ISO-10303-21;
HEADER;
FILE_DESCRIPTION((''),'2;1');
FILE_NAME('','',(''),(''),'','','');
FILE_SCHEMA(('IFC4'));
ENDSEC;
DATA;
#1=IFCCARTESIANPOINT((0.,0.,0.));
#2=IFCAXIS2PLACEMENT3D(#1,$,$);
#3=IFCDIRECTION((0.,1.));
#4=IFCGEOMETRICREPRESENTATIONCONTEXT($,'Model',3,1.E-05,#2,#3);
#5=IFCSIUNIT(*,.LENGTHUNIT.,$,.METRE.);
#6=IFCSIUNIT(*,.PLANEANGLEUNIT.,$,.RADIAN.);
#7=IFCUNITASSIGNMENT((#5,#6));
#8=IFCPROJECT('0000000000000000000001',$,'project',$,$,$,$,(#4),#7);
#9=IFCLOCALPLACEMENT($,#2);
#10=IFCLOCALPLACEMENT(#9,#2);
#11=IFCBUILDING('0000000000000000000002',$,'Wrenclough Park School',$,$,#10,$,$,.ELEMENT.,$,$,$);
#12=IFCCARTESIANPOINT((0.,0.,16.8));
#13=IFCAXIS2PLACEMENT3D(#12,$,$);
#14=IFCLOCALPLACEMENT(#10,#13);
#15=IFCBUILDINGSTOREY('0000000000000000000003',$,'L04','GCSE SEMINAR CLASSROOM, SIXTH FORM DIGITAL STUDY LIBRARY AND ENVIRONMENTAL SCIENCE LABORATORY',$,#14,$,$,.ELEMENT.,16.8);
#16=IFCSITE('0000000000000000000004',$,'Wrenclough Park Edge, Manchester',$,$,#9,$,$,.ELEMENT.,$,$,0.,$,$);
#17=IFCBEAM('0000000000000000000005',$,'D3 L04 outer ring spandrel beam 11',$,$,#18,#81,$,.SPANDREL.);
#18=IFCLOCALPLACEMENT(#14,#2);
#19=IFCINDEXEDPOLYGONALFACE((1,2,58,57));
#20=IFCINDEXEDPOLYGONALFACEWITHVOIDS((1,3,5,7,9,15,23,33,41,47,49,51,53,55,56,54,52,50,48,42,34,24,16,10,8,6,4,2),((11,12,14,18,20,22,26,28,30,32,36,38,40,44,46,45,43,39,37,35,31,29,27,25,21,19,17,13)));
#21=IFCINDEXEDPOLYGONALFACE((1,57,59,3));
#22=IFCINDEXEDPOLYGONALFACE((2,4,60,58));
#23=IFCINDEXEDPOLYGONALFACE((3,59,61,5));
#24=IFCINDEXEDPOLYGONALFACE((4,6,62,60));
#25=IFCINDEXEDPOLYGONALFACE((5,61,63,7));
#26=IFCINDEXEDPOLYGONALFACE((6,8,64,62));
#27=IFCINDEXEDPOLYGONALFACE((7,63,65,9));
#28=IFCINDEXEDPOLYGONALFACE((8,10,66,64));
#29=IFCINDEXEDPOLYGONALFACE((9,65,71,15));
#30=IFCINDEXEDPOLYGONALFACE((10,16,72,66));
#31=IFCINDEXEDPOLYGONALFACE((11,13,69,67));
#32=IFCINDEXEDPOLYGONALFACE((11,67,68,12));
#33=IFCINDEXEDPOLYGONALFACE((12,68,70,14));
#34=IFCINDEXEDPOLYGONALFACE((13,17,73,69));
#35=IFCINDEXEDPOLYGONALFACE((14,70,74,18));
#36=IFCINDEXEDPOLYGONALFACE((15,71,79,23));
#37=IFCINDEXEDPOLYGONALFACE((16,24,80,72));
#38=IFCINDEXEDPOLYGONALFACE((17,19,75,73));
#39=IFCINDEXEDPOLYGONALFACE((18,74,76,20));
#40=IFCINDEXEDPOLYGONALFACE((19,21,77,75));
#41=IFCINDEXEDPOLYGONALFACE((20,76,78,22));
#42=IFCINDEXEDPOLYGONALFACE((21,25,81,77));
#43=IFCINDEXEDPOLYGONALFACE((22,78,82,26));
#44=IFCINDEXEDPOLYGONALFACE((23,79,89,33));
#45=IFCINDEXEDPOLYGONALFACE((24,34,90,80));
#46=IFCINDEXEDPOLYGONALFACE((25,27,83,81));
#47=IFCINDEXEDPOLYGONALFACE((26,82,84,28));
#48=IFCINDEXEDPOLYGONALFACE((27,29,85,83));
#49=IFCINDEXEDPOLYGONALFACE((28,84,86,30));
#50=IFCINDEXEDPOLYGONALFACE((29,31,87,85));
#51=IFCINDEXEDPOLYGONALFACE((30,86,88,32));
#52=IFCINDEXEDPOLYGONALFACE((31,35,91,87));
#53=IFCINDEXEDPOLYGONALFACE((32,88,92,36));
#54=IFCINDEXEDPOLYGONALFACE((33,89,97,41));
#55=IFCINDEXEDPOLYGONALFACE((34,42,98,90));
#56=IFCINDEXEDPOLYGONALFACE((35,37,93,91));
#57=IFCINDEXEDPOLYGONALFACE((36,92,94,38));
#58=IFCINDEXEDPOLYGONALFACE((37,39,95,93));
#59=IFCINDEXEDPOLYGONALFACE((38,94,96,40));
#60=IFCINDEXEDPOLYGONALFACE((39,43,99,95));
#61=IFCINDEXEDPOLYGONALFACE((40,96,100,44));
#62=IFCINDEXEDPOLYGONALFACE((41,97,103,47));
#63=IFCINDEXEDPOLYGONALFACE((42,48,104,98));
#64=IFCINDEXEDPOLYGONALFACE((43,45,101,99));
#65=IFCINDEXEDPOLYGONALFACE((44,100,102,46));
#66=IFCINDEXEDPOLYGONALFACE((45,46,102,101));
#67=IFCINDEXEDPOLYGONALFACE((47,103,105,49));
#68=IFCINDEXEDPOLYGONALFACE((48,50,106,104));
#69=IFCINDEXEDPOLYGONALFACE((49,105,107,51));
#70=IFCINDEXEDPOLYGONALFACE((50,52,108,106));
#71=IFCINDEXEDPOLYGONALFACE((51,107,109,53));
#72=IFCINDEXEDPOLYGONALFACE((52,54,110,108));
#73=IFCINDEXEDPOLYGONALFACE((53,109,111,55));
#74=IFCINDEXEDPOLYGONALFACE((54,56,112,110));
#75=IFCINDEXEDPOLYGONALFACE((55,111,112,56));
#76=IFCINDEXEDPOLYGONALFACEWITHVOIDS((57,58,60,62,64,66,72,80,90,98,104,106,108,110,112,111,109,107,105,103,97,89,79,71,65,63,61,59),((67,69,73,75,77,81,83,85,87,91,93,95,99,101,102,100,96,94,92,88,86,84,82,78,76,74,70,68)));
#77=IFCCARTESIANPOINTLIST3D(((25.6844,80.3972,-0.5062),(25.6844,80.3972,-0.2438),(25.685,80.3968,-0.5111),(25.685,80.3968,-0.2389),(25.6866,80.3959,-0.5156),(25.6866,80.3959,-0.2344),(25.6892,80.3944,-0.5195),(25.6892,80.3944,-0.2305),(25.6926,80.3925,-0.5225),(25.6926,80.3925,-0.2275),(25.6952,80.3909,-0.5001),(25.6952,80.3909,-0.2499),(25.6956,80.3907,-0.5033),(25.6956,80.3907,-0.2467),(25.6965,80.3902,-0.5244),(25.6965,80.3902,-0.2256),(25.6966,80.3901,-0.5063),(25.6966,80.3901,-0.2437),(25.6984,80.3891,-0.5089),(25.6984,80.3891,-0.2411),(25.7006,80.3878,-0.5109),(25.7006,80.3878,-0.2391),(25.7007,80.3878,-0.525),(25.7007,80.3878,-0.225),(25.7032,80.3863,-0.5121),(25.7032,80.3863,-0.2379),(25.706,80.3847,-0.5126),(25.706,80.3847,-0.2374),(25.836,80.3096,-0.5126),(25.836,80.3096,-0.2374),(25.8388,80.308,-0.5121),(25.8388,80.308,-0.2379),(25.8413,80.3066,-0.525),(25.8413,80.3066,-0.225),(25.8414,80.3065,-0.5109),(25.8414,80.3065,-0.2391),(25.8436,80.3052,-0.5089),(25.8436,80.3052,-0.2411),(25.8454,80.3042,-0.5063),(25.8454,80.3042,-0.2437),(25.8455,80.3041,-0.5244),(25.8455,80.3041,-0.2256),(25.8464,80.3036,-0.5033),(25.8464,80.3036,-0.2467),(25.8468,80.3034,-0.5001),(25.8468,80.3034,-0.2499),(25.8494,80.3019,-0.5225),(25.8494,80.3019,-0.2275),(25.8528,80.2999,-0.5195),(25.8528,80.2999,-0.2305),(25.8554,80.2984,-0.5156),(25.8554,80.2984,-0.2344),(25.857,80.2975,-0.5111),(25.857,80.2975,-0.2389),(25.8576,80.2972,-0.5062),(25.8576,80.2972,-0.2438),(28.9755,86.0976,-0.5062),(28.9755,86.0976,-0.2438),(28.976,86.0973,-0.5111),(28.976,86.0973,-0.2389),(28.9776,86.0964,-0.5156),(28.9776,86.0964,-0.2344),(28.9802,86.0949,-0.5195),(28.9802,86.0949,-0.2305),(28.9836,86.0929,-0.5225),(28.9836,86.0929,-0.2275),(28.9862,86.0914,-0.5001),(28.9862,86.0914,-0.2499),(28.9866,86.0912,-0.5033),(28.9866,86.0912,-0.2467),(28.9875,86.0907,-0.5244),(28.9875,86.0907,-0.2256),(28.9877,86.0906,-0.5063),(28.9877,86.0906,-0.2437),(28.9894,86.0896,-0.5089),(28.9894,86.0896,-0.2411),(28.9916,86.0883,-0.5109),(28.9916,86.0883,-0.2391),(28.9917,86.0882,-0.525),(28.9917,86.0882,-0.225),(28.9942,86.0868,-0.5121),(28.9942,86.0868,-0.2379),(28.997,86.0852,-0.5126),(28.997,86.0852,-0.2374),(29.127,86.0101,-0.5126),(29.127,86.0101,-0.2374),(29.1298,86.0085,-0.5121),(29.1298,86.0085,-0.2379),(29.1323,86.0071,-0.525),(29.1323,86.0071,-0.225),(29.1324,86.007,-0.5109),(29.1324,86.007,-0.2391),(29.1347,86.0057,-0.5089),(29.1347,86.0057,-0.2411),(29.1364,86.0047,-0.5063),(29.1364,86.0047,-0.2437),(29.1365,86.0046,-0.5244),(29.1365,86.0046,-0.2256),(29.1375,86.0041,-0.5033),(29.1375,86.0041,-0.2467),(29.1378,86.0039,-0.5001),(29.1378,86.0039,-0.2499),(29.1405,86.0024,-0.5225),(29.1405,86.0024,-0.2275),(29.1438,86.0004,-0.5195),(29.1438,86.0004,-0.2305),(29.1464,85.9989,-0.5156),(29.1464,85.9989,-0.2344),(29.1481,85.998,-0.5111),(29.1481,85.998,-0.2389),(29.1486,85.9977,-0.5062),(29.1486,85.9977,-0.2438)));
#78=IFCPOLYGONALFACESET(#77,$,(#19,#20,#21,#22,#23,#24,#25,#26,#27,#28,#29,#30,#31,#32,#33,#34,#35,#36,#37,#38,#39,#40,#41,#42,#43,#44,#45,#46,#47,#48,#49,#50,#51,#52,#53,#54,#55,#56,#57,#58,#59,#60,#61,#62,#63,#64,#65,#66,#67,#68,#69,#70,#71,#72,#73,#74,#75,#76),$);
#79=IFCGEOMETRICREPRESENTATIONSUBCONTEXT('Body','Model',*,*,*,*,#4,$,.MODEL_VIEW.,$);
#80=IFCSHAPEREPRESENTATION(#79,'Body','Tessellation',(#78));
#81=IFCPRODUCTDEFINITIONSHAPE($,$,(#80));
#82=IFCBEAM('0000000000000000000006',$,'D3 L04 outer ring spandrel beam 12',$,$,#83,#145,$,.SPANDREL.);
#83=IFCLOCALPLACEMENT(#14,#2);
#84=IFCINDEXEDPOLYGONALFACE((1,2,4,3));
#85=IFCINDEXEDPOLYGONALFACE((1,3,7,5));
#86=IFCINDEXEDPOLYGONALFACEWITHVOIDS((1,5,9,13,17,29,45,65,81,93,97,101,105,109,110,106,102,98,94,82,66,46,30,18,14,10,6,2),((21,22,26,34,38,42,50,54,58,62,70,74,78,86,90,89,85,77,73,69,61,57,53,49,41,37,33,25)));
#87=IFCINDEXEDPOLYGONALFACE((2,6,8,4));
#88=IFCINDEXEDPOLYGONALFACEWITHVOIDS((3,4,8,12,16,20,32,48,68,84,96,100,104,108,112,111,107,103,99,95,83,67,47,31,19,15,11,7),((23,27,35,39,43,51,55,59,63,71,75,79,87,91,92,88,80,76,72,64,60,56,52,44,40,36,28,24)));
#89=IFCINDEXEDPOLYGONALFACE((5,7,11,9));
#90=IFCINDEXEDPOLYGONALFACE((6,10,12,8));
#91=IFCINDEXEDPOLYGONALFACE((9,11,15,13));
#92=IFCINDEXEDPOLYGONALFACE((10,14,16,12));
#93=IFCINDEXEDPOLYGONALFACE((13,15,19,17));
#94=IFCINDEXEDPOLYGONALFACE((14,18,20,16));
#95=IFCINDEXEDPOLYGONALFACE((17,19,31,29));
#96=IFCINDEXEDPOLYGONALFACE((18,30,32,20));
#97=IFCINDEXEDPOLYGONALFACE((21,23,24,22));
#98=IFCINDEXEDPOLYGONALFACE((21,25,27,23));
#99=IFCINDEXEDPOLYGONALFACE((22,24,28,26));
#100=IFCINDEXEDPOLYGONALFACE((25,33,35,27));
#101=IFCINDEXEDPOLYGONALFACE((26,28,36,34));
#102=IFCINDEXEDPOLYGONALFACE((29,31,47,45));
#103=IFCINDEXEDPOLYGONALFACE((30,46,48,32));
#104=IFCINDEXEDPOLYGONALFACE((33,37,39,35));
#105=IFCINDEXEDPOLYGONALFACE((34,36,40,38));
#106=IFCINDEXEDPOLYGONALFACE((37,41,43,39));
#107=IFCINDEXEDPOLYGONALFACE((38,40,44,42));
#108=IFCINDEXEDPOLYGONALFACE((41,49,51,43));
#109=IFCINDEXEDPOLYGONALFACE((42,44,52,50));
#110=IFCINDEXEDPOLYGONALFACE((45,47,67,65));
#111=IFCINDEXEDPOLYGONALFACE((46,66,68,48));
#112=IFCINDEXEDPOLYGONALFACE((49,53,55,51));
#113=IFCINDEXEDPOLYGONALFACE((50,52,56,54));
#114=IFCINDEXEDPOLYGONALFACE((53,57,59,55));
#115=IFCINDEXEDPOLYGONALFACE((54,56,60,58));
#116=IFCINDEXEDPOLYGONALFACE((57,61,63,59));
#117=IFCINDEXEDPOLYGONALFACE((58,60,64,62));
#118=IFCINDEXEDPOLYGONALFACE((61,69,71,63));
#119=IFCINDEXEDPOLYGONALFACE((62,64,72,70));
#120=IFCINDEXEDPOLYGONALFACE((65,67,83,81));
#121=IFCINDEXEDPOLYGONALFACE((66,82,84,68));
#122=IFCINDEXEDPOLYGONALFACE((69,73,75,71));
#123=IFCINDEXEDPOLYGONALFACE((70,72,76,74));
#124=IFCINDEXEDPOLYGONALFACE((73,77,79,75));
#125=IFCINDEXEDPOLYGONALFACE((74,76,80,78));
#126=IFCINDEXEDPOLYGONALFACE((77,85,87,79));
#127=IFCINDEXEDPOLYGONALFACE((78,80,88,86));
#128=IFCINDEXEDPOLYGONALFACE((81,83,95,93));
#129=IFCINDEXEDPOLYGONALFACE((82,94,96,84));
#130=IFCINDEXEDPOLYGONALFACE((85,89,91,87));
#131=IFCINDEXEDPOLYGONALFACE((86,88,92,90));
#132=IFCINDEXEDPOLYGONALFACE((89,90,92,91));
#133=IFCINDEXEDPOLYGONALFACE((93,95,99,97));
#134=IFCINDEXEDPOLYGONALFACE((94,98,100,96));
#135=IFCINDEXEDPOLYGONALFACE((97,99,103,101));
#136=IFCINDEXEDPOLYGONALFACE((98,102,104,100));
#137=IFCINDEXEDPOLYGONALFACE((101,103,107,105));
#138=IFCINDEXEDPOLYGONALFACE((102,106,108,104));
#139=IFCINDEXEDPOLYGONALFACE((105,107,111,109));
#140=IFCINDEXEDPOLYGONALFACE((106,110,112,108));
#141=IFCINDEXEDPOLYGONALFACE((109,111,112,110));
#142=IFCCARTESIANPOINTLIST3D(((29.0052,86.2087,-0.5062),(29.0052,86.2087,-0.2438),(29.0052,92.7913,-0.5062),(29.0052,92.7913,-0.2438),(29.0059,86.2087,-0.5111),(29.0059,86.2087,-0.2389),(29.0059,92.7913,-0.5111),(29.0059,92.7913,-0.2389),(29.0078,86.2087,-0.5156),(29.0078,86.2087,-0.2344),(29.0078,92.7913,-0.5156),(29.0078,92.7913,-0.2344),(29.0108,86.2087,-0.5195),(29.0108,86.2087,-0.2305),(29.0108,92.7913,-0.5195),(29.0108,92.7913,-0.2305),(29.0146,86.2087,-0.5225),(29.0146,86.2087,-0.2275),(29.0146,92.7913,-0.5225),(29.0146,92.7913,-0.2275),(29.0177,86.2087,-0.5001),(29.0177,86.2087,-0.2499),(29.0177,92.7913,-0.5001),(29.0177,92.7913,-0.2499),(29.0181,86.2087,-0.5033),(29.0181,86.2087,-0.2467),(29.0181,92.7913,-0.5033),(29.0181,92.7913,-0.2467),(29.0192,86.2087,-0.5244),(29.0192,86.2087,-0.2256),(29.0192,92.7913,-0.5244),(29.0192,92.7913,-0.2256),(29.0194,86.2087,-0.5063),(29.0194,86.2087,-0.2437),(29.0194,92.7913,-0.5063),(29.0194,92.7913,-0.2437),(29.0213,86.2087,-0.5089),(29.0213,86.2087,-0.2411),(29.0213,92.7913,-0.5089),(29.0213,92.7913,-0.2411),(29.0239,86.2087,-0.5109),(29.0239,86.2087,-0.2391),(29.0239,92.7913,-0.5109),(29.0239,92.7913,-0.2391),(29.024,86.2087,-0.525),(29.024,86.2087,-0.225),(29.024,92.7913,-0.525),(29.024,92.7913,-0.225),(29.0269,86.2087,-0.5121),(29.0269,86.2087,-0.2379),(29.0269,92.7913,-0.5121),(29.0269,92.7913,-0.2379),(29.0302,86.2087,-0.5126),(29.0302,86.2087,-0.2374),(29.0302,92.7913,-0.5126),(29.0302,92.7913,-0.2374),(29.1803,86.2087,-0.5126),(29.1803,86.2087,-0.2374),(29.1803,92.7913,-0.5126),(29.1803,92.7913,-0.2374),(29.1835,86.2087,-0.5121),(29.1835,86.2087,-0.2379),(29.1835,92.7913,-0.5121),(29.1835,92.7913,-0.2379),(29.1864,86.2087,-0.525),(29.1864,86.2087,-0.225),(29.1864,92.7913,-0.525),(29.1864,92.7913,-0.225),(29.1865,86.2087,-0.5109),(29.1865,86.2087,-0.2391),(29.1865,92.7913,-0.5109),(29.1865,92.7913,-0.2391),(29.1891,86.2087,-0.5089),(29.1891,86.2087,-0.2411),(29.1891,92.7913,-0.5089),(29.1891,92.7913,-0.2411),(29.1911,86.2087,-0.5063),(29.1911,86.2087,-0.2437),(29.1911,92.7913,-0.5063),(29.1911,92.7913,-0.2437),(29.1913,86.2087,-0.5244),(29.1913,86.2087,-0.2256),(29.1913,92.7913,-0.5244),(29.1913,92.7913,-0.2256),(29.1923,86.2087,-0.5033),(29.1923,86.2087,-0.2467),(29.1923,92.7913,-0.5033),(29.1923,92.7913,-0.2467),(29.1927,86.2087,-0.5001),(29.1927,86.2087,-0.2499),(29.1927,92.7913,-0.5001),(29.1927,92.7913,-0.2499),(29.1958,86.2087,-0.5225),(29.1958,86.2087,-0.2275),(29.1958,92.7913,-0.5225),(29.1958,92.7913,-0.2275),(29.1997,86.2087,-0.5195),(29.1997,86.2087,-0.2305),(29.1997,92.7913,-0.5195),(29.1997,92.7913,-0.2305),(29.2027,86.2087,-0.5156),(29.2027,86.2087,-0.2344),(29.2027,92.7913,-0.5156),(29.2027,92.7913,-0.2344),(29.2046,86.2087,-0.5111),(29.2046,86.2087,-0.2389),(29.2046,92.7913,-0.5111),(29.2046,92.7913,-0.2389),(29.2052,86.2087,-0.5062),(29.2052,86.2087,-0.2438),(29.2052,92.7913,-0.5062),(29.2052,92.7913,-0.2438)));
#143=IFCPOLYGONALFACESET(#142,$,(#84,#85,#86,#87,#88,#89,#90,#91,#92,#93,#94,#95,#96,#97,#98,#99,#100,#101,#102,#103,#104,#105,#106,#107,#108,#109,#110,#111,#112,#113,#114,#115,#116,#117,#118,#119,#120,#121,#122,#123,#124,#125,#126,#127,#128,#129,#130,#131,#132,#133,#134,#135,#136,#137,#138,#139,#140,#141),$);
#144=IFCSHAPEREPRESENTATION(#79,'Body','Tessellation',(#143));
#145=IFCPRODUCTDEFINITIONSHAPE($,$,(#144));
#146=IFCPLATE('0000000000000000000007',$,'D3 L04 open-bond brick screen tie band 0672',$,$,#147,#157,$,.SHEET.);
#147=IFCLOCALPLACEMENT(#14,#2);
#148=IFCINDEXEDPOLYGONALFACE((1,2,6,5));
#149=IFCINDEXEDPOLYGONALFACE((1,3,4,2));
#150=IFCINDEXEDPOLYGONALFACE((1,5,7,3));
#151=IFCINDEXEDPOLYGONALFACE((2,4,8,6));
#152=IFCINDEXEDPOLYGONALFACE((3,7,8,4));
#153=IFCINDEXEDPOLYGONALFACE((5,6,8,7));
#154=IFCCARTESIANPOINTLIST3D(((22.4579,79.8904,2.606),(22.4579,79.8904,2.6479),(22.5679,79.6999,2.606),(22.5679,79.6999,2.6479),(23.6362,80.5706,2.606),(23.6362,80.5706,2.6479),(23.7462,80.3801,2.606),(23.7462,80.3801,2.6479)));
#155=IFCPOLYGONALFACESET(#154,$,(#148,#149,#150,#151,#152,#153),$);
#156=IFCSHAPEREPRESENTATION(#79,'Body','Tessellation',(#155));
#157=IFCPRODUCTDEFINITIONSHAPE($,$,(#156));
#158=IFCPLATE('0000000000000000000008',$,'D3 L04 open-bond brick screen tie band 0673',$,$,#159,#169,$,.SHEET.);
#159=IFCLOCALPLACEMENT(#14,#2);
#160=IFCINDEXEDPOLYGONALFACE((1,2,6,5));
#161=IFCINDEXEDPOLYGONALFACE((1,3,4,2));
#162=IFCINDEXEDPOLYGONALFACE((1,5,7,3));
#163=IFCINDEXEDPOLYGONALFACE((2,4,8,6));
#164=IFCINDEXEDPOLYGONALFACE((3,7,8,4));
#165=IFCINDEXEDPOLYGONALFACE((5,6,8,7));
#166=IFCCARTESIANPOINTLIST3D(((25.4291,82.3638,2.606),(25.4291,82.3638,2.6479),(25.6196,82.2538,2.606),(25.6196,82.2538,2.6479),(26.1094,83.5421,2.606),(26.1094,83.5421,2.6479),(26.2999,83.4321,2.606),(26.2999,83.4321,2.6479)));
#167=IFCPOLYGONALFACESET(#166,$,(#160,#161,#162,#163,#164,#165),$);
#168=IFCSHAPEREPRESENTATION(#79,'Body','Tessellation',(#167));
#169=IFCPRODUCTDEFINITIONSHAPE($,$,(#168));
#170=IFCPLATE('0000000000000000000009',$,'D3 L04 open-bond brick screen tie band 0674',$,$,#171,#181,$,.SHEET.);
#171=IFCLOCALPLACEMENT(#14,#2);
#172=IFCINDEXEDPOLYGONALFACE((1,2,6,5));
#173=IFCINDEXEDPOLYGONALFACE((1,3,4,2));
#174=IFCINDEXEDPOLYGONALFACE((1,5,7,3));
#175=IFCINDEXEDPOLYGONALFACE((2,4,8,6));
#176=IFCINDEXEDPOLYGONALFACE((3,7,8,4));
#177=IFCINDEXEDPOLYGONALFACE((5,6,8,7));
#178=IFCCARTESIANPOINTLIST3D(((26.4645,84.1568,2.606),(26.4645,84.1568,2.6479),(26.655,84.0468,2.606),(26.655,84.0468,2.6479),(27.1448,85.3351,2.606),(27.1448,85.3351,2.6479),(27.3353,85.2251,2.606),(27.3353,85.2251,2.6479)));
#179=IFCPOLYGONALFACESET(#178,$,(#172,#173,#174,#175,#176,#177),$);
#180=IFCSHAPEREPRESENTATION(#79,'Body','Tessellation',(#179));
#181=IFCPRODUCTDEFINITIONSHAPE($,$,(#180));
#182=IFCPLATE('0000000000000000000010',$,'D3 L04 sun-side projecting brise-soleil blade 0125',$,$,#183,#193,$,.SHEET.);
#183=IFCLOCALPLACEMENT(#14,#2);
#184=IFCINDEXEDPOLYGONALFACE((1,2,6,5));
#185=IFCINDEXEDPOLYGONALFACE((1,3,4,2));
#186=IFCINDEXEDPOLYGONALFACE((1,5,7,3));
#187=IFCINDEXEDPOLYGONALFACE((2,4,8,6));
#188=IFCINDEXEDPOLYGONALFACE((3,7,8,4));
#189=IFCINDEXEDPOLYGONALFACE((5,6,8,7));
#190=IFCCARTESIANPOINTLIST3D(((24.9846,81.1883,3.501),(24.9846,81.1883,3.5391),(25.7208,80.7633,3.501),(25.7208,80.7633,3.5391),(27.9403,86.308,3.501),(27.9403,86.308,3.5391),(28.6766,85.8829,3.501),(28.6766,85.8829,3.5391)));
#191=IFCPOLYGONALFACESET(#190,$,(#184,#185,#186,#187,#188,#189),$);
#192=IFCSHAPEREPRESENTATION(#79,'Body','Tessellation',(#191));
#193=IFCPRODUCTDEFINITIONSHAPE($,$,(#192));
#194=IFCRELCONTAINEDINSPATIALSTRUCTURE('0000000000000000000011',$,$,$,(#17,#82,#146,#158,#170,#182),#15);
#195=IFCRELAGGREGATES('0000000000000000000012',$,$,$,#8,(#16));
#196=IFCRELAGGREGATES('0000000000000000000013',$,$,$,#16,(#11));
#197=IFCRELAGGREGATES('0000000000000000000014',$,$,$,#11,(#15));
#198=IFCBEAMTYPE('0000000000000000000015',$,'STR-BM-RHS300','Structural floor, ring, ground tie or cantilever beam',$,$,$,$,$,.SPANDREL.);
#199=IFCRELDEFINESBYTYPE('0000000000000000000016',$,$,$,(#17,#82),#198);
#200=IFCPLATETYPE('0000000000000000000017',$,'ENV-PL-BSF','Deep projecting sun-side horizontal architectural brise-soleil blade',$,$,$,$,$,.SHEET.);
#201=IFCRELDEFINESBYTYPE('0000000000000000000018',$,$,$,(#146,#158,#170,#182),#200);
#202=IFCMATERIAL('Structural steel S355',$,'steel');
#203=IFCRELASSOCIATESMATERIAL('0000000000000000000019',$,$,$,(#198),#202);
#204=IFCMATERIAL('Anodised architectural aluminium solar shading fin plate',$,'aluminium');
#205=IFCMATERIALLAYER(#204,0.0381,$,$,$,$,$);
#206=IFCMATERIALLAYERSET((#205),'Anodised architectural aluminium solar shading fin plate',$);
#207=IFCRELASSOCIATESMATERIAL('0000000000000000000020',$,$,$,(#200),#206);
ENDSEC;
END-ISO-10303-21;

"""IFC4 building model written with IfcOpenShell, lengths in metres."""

from ifc_helpers import new_model, si_unit, direction, frame, origin, origin_2d, place, context, subcontext, project, spatial, rectangle, hollow_rectangle, extrude, material, layer, layer_set, material_profile, profile_set, type_object, element, save


model = new_model("IFC4")

# Units and contexts
model_context = context("Model", 3, precision=1e-05, world=origin(), true_north=direction((0.0, 1.0)))
body_context = subcontext(model_context, "Body", "Model", "MODEL_VIEW")
ifc_project = project(units=[si_unit("LENGTHUNIT", "METRE"), si_unit("PLANEANGLEUNIT", "RADIAN")], contexts=[model_context])

# Site, building, storey
site_placement = place(None, origin())
site = spatial("IfcSite", under=ifc_project, at=site_placement, Name="Wrenclough Park Edge, Manchester", CompositionType="ELEMENT", RefElevation=0.0)
building_placement = place(site_placement, origin())
building = spatial("IfcBuilding", under=site, at=building_placement, Name="Wrenclough Park School", CompositionType="ELEMENT")
storey_placement = place(building_placement, frame((0.0, 0.0, 16.8)))
storey = spatial("IfcBuildingStorey", under=building, at=storey_placement, Name="L04", Description="GCSE SEMINAR CLASSROOM, SIXTH FORM DIGITAL STUDY LIBRARY AND ENVIRONMENTAL SCIENCE LABORATORY", CompositionType="ELEMENT", Elevation=16.8)

# Shared definitions
ifc_material_1 = material(Name="Structural steel S355", Category="steel")

# Beams
ifc_material_profile_1 = material_profile(ifc_material_1, hollow_rectangle(XDim=0.2, YDim=0.3, WallThickness=0.0125, InnerFilletRadius=0.0125, OuterFilletRadius=0.0188, at=origin_2d()), Name="RHS 300x200x12.5")
ifc_profile_set_1 = profile_set([ifc_material_profile_1], Name="Structural steel S355")
beam_type = type_object("IfcBeamType", Name="STR-BM-RHS300", Description="Structural floor, ring, ground tie or cantilever beam", PredefinedType="SPANDREL", material=ifc_profile_set_1)
beam_1_placement = place(storey_placement, frame((25.771, 80.3472, -0.375), z_axis=(0.499985, 0.866034, 0.0), x_axis=(-0.866034, 0.499985, 0.0)))
element("IfcBeam", 1, at=beam_1_placement, inside=storey, type_object=beam_type, Name="D3 L04 outer ring spandrel beam 11", PredefinedType="SPANDREL", context=body_context, shape_type="SweptSolid", body=[
    extrude(hollow_rectangle(XDim=0.2, YDim=0.3, WallThickness=0.0125, InnerFilletRadius=0.0125, OuterFilletRadius=0.0188, at=origin_2d()), origin(), (0.0, 0.0, 1.0), 6.5823),
])
beam_2_placement = place(storey_placement, frame((29.1052, 86.2087, -0.375), z_axis=(0.0, 1.0, 0.0), x_axis=(-1.0, 0.0, 0.0)))
element("IfcBeam", 2, at=beam_2_placement, inside=storey, type_object=beam_type, Name="D3 L04 outer ring spandrel beam 12", PredefinedType="SPANDREL", context=body_context, shape_type="SweptSolid", body=[
    extrude(hollow_rectangle(XDim=0.2, YDim=0.3, WallThickness=0.0125, InnerFilletRadius=0.0125, OuterFilletRadius=0.0188, at=origin_2d()), origin(), (0.0, 0.0, 1.0), 6.5825),
])

# Plates
ifc_material_2 = material(Name="Anodised architectural aluminium solar shading fin plate", Category="aluminium")
ifc_layer_1 = layer(ifc_material_2, 0.0381)
ifc_layer_set_1 = layer_set([ifc_layer_1], Name="Anodised architectural aluminium solar shading fin plate")
plate_type = type_object("IfcPlateType", Name="ENV-PL-BSF", Description="Deep projecting sun-side horizontal architectural brise-soleil blade", PredefinedType="SHEET", material=ifc_layer_set_1)
for number, where, z_axis, x_axis, name in (
    (3, (23.1021, 80.1353, 2.606), (0.0, 0.0, 1.0), (0.866029, 0.499993, 0.0), "D3 L04 open-bond brick screen tie band 0672"),
    (4, (25.8645, 82.8979, 2.606), (0.0, 0.0, 1.0), (0.499993, 0.866029, 0.0), "D3 L04 open-bond brick screen tie band 0673"),
    (5, (26.8999, 84.6909, 2.606), (0.0, 0.0, 1.0), (0.499993, 0.866029, 0.0), "D3 L04 open-bond brick screen tie band 0674"),
):
    element("IfcPlate", number, at=place(storey_placement, frame(where, z_axis=z_axis, x_axis=x_axis)), inside=storey, type_object=plate_type, Name=name, PredefinedType="SHEET", context=body_context, shape_type="SweptSolid", body=[
        extrude(rectangle(XDim=1.3606, YDim=0.22, at=origin_2d()), origin(), (0.0, 0.0, 1.0), 0.042),
    ])
plate_placement = place(storey_placement, frame((26.8306, 83.5356, 3.501), z_axis=(0.0, 0.0, 1.0), x_axis=(0.499993, 0.866029, 0.0)))
element("IfcPlate", 6, at=plate_placement, inside=storey, type_object=plate_type, Name="D3 L04 sun-side projecting brise-soleil blade 0125", PredefinedType="SHEET", context=body_context, shape_type="SweptSolid", body=[
    extrude(rectangle(XDim=5.9116, YDim=0.8501, at=origin_2d()), origin(), (0.0, 0.0, 1.0), 0.0381),
])

save(model, "model.ifc")
